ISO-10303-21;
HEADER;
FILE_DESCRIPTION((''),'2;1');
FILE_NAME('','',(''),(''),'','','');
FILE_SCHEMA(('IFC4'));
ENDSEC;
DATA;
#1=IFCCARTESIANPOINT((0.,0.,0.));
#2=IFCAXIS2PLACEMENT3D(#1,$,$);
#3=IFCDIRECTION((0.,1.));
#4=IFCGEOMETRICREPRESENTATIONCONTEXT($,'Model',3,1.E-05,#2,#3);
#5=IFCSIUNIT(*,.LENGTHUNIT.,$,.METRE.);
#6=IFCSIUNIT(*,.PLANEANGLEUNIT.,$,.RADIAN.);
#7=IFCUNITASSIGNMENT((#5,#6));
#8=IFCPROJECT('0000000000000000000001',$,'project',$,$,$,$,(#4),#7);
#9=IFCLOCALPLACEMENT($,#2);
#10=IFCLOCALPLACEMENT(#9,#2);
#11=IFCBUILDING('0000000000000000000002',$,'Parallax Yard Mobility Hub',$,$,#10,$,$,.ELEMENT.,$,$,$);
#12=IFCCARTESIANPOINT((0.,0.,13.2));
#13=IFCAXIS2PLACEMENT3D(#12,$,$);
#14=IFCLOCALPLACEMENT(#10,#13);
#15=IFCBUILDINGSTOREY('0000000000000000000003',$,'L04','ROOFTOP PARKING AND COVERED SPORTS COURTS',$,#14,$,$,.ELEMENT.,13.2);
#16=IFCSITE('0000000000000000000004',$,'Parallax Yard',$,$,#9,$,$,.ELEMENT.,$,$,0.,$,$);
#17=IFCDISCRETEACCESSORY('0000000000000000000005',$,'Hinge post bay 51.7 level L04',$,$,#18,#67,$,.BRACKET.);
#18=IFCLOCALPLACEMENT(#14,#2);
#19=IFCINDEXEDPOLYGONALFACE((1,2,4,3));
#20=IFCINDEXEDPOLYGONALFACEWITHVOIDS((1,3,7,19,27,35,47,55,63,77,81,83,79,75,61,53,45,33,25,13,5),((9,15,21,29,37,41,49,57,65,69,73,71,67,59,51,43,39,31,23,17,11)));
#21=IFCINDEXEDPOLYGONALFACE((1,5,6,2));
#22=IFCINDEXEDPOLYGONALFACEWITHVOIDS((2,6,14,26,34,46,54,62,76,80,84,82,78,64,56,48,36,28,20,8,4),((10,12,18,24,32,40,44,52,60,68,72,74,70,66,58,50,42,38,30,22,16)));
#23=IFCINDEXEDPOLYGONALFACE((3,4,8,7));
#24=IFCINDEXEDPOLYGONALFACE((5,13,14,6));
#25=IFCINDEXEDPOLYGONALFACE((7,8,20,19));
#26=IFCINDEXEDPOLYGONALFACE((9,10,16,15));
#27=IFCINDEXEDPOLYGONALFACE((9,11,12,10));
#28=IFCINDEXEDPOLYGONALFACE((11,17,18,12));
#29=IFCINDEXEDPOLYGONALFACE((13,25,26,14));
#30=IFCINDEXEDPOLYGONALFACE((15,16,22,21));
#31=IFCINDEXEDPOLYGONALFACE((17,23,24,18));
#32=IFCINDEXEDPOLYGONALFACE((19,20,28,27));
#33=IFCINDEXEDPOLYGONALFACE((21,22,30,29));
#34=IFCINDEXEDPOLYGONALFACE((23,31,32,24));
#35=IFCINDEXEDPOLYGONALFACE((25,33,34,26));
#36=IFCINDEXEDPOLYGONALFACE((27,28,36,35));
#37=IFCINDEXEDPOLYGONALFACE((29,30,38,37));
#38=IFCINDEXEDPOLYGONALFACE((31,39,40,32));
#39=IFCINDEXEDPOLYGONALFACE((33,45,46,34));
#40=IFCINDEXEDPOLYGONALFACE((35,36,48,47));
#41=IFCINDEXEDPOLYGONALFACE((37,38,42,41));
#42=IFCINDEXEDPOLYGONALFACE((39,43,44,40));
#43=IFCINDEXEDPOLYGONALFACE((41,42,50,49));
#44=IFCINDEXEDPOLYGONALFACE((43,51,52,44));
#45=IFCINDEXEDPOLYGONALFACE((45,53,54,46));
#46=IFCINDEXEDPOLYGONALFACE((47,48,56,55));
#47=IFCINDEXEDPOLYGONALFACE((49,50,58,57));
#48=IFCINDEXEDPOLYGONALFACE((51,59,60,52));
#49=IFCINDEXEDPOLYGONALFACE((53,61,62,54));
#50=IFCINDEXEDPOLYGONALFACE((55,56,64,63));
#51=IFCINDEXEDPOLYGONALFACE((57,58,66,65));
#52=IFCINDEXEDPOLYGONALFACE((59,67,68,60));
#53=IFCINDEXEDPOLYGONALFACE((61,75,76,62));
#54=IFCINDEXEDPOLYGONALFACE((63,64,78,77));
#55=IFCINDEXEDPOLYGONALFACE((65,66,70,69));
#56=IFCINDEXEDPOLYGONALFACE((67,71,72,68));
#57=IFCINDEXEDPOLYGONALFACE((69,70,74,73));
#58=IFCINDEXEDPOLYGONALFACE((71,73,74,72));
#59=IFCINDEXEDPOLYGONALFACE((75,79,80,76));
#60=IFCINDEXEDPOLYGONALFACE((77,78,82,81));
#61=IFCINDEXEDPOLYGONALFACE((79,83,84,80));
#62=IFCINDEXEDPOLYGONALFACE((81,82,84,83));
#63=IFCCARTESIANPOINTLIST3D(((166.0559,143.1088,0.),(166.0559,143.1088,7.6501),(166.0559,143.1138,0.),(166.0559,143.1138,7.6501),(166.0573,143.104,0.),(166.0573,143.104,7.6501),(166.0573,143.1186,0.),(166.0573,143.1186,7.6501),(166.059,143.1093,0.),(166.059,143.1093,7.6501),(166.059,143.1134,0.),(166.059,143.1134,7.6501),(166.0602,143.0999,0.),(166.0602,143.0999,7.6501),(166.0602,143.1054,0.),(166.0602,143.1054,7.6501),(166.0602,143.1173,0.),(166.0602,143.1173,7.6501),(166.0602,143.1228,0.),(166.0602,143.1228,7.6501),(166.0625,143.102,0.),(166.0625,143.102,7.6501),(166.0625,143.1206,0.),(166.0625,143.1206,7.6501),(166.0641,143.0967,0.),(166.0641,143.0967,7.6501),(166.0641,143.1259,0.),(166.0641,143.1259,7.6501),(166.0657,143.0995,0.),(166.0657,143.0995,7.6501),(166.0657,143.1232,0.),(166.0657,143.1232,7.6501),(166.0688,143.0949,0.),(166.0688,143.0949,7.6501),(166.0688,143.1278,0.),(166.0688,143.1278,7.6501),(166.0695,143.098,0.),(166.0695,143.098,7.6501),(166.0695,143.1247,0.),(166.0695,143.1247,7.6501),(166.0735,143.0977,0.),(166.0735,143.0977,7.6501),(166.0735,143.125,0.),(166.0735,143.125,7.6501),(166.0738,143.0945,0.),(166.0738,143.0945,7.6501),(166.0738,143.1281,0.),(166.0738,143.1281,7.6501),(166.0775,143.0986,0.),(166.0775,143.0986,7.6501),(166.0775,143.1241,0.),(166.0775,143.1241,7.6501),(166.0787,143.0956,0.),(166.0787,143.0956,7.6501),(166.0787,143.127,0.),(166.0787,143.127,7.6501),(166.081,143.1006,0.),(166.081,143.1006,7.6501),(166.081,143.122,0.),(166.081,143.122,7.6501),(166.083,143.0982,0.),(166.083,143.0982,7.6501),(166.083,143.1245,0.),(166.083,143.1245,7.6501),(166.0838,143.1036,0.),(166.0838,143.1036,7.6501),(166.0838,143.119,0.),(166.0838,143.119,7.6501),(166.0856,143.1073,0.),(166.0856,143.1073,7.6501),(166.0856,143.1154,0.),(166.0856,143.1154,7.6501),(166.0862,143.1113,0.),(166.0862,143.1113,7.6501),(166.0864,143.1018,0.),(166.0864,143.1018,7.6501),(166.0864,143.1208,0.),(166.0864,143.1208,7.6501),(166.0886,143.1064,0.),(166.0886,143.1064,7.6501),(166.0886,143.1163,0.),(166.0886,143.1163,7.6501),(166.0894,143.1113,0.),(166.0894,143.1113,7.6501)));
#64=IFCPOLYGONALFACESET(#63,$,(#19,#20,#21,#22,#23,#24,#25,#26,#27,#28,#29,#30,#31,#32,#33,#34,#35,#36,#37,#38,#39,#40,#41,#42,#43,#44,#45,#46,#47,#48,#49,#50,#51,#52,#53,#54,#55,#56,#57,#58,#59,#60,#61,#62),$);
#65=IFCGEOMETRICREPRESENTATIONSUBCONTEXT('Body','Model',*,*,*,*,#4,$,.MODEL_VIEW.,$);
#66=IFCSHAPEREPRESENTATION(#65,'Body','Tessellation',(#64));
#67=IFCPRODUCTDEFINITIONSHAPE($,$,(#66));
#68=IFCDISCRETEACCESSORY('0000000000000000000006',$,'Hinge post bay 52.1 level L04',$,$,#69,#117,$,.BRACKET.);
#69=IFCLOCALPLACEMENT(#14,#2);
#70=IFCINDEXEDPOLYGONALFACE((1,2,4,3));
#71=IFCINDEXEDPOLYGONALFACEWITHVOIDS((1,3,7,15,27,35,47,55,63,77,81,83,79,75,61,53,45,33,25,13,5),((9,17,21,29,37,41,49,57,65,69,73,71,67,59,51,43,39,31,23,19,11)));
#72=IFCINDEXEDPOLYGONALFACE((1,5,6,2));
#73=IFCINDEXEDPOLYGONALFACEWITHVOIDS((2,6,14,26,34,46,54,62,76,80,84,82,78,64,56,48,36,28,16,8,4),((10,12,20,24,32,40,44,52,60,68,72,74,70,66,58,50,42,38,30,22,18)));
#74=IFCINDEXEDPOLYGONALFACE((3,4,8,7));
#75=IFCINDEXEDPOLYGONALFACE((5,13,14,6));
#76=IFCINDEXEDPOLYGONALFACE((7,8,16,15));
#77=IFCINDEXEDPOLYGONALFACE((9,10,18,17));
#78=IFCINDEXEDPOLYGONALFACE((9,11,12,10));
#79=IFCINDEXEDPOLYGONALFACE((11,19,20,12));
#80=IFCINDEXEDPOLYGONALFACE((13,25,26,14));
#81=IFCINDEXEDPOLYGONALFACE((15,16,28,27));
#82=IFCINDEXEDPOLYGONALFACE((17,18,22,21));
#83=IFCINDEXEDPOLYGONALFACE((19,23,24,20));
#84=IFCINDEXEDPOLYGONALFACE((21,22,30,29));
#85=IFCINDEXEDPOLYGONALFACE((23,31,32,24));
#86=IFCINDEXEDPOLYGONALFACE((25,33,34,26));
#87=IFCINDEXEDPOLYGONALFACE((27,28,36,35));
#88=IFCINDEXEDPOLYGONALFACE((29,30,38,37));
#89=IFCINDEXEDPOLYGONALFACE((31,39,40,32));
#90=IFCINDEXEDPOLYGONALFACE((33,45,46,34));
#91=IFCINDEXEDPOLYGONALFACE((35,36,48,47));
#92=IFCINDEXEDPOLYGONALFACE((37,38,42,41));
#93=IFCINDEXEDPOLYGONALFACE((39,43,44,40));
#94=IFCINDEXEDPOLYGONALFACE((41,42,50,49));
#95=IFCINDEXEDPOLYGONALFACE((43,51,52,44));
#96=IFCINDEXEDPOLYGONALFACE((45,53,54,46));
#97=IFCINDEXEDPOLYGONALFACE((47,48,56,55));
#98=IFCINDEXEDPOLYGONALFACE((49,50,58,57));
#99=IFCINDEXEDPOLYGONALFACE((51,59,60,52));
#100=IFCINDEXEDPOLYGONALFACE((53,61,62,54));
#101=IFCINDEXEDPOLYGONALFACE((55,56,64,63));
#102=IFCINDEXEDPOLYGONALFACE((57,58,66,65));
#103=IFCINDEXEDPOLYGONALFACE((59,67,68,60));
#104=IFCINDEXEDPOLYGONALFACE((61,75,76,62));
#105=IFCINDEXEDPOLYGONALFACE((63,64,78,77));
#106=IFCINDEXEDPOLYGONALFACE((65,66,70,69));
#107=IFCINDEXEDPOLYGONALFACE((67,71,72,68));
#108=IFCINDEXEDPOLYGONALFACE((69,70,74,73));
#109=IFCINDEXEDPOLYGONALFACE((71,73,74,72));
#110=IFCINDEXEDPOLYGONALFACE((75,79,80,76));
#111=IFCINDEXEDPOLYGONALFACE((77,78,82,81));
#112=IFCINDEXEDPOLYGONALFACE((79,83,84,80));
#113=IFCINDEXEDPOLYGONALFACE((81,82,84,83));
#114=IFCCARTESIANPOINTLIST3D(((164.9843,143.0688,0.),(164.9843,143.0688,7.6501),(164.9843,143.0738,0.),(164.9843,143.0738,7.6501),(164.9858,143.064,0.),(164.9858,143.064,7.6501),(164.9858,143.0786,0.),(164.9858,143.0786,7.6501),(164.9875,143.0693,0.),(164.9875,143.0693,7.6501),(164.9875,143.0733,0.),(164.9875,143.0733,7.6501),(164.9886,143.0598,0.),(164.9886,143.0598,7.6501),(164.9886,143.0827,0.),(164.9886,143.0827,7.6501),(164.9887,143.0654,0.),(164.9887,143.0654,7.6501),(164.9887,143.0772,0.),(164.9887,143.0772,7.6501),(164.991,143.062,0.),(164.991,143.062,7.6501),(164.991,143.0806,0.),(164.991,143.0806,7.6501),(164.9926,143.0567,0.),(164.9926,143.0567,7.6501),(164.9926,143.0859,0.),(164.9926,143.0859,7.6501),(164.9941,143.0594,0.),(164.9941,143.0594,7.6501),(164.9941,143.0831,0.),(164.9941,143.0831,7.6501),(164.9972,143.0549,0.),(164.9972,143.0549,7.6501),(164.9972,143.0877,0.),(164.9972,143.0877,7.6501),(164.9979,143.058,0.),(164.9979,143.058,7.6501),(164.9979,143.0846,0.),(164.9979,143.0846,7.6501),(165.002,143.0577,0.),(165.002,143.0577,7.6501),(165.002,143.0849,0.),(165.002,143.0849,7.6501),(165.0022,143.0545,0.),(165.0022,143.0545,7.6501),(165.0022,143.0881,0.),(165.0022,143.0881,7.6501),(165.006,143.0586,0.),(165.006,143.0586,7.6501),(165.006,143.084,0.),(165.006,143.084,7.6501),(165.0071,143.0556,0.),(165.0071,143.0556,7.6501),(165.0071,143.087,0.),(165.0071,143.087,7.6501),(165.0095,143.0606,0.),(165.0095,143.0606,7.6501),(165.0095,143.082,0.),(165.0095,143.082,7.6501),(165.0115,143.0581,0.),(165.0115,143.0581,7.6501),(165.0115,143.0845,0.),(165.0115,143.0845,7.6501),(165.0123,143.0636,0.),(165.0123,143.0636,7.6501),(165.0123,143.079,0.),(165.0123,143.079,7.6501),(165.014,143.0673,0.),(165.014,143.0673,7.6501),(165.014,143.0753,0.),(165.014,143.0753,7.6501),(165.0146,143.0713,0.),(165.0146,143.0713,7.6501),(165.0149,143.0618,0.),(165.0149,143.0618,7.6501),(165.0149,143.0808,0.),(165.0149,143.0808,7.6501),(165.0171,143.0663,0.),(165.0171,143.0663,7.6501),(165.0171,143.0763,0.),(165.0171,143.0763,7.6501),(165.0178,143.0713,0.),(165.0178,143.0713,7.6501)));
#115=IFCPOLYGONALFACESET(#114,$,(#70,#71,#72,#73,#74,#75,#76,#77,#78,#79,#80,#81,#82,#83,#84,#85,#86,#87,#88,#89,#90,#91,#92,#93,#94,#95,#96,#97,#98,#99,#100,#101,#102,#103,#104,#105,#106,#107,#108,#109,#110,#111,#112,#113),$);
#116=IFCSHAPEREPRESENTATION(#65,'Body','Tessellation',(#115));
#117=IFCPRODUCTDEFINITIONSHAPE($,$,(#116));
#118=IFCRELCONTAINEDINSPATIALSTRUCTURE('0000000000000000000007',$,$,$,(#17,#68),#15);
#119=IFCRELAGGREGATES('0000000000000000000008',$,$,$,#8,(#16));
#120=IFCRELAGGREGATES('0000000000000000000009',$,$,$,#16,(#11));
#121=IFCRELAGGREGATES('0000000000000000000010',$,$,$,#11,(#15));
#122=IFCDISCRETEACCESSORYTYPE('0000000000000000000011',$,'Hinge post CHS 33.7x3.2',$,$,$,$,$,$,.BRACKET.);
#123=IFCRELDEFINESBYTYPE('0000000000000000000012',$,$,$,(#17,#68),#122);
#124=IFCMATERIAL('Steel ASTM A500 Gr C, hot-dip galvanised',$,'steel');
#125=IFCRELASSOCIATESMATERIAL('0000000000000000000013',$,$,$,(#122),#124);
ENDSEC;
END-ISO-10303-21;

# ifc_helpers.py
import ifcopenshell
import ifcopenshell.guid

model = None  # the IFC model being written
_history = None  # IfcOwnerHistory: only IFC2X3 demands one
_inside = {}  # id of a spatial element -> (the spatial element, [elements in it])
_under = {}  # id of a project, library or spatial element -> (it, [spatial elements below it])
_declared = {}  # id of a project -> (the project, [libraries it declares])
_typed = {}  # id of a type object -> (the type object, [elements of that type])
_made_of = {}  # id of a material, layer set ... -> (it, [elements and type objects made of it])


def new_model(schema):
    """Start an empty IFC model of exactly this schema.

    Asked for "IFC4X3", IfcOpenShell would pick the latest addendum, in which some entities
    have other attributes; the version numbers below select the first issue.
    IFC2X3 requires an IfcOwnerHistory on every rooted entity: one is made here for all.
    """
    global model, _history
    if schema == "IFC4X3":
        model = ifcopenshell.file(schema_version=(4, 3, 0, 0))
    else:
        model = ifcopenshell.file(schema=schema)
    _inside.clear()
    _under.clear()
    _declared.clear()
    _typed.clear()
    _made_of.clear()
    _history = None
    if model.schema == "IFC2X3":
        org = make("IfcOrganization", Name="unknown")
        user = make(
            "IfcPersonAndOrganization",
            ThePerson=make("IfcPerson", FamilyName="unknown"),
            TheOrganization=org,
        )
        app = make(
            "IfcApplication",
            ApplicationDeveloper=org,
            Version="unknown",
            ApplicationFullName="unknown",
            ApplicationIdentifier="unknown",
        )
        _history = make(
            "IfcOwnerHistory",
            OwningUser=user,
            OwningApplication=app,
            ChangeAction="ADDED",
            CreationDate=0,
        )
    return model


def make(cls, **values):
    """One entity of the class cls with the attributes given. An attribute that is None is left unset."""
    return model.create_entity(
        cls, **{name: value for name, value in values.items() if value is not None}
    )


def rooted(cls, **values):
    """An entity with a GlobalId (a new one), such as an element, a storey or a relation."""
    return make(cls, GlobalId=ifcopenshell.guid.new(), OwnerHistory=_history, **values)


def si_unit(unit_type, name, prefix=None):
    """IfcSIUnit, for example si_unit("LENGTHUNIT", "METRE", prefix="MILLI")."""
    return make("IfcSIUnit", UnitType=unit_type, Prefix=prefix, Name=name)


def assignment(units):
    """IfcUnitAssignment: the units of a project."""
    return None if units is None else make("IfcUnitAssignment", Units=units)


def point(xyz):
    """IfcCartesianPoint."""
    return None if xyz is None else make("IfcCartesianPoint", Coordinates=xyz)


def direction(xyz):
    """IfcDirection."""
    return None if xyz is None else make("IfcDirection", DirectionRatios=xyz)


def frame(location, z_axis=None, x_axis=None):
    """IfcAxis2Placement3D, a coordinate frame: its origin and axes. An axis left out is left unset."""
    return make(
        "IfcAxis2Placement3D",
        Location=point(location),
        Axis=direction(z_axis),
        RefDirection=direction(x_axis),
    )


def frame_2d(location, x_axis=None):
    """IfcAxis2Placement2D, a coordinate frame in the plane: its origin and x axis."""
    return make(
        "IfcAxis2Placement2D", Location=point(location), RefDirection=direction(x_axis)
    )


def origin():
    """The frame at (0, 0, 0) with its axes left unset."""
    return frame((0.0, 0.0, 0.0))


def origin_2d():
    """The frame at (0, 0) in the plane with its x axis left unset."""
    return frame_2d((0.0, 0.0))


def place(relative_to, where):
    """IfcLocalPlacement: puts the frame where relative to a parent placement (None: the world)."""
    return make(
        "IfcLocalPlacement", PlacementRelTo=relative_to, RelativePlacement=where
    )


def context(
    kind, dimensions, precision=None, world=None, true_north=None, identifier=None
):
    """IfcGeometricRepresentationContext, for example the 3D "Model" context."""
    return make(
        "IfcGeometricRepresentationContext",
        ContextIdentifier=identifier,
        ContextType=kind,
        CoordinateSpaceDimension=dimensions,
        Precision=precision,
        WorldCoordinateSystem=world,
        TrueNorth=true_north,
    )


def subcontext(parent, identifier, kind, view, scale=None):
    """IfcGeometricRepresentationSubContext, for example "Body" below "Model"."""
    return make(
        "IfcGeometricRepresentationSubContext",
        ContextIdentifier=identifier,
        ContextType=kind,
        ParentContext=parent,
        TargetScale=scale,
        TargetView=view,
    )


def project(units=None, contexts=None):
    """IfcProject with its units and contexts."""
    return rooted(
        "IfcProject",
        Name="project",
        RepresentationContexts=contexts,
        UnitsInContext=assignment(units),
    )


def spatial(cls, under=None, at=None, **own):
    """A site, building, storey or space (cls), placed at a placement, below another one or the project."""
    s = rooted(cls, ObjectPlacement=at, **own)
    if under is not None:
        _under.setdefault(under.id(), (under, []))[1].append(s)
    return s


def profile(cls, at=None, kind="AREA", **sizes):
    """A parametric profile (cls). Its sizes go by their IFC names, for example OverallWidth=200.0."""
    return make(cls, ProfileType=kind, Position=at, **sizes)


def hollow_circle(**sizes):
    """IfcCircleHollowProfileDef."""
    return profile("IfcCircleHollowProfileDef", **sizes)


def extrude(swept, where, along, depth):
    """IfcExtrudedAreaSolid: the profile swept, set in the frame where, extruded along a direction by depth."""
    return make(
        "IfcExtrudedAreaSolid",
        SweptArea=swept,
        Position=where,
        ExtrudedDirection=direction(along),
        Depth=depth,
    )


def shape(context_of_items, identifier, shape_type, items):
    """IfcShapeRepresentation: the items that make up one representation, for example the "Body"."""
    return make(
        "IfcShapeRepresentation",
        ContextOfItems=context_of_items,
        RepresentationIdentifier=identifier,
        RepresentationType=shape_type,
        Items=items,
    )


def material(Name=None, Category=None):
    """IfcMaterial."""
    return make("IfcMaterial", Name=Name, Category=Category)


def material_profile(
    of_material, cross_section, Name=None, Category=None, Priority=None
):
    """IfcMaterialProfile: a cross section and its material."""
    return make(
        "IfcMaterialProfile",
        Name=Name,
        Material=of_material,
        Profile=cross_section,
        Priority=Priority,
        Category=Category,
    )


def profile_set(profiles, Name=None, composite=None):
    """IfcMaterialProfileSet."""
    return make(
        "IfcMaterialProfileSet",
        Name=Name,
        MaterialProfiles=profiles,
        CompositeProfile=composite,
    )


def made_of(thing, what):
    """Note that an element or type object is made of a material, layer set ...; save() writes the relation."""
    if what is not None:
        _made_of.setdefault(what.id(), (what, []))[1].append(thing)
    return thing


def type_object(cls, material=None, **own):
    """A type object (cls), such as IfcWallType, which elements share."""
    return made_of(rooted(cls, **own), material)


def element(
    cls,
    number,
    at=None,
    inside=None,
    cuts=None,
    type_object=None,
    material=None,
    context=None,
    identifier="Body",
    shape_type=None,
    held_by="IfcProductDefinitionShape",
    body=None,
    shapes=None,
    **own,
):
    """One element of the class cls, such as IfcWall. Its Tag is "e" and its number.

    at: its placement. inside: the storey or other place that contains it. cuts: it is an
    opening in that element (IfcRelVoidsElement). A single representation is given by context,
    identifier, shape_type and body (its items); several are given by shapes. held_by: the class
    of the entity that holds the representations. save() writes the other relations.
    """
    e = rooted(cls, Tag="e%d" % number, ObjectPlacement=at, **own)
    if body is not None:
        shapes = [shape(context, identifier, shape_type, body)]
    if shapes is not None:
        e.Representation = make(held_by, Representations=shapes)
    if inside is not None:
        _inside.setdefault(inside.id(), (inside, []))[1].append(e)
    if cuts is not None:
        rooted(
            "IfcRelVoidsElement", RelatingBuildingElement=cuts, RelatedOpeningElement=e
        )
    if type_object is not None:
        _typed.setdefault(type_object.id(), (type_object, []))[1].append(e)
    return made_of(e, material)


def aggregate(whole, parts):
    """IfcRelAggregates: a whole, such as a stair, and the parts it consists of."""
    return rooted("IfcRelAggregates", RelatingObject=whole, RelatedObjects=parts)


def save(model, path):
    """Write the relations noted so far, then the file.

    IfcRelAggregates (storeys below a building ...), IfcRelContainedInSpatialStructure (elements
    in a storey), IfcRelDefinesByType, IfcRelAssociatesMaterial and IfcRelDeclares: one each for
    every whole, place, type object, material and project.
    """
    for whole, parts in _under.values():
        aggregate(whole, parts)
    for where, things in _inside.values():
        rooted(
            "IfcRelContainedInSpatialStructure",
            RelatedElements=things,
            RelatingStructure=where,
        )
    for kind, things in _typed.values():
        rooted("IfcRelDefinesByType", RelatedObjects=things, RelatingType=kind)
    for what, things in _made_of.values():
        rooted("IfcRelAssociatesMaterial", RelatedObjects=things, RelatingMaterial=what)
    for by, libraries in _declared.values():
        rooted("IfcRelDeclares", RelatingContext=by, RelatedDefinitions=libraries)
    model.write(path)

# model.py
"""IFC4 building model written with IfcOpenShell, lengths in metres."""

from ifc_helpers import new_model, si_unit, direction, frame, origin, origin_2d, place, context, subcontext, project, spatial, hollow_circle, extrude, material, material_profile, profile_set, type_object, element, save


model = new_model("IFC4")

# Units and contexts
model_context = context("Model", 3, precision=1e-05, world=origin(), true_north=direction((0.0, 1.0)))
body_context = subcontext(model_context, "Body", "Model", "MODEL_VIEW")
ifc_project = project(units=[si_unit("LENGTHUNIT", "METRE"), si_unit("PLANEANGLEUNIT", "RADIAN")], contexts=[model_context])

# Site, building, storey
site_placement = place(None, origin())
site = spatial("IfcSite", under=ifc_project, at=site_placement, Name="Parallax Yard", CompositionType="ELEMENT", RefElevation=0.0)
building_placement = place(site_placement, origin())
building = spatial("IfcBuilding", under=site, at=building_placement, Name="Parallax Yard Mobility Hub", CompositionType="ELEMENT")
storey_placement = place(building_placement, frame((0.0, 0.0, 13.2)))
storey = spatial("IfcBuildingStorey", under=building, at=storey_placement, Name="L04", Description="ROOFTOP PARKING AND COVERED SPORTS COURTS", CompositionType="ELEMENT", Elevation=13.2)

# Discrete accessories
ifc_material_1 = material(Name="Steel ASTM A500 Gr C, hot-dip galvanised", Category="steel")
ifc_material_profile = material_profile(ifc_material_1, hollow_circle(Radius=0.0168, WallThickness=0.0032, at=origin_2d()), Name="CHS 33.7x3.2")
ifc_profile_set = profile_set([ifc_material_profile], Name="Steel ASTM A500 Gr C, hot-dip galvanised")
discrete_accessory_type = type_object("IfcDiscreteAccessoryType", Name="Hinge post CHS 33.7x3.2", PredefinedType="BRACKET", material=ifc_profile_set)
for number, where, z_axis, x_axis, name in (
    (1, (166.0725, 143.1113, 0.0), (0.0, 0.0, 1.0), (1.0, 0.0, 0.0), "Hinge post bay 51.7 level L04"),
    (2, (165.001, 143.0713, 0.0), (0.0, 0.0, 1.0), (1.0, 0.0, 0.0), "Hinge post bay 52.1 level L04"),
):
    element("IfcDiscreteAccessory", number, at=place(storey_placement, frame(where, z_axis=z_axis, x_axis=x_axis)), inside=storey, type_object=discrete_accessory_type, Name=name, PredefinedType="BRACKET", context=body_context, shape_type="SweptSolid", body=[
        extrude(hollow_circle(Radius=0.0168, WallThickness=0.0032, at=origin_2d()), origin(), (0.0, 0.0, 1.0), 7.6501),
    ])

save(model, "model.ifc")
